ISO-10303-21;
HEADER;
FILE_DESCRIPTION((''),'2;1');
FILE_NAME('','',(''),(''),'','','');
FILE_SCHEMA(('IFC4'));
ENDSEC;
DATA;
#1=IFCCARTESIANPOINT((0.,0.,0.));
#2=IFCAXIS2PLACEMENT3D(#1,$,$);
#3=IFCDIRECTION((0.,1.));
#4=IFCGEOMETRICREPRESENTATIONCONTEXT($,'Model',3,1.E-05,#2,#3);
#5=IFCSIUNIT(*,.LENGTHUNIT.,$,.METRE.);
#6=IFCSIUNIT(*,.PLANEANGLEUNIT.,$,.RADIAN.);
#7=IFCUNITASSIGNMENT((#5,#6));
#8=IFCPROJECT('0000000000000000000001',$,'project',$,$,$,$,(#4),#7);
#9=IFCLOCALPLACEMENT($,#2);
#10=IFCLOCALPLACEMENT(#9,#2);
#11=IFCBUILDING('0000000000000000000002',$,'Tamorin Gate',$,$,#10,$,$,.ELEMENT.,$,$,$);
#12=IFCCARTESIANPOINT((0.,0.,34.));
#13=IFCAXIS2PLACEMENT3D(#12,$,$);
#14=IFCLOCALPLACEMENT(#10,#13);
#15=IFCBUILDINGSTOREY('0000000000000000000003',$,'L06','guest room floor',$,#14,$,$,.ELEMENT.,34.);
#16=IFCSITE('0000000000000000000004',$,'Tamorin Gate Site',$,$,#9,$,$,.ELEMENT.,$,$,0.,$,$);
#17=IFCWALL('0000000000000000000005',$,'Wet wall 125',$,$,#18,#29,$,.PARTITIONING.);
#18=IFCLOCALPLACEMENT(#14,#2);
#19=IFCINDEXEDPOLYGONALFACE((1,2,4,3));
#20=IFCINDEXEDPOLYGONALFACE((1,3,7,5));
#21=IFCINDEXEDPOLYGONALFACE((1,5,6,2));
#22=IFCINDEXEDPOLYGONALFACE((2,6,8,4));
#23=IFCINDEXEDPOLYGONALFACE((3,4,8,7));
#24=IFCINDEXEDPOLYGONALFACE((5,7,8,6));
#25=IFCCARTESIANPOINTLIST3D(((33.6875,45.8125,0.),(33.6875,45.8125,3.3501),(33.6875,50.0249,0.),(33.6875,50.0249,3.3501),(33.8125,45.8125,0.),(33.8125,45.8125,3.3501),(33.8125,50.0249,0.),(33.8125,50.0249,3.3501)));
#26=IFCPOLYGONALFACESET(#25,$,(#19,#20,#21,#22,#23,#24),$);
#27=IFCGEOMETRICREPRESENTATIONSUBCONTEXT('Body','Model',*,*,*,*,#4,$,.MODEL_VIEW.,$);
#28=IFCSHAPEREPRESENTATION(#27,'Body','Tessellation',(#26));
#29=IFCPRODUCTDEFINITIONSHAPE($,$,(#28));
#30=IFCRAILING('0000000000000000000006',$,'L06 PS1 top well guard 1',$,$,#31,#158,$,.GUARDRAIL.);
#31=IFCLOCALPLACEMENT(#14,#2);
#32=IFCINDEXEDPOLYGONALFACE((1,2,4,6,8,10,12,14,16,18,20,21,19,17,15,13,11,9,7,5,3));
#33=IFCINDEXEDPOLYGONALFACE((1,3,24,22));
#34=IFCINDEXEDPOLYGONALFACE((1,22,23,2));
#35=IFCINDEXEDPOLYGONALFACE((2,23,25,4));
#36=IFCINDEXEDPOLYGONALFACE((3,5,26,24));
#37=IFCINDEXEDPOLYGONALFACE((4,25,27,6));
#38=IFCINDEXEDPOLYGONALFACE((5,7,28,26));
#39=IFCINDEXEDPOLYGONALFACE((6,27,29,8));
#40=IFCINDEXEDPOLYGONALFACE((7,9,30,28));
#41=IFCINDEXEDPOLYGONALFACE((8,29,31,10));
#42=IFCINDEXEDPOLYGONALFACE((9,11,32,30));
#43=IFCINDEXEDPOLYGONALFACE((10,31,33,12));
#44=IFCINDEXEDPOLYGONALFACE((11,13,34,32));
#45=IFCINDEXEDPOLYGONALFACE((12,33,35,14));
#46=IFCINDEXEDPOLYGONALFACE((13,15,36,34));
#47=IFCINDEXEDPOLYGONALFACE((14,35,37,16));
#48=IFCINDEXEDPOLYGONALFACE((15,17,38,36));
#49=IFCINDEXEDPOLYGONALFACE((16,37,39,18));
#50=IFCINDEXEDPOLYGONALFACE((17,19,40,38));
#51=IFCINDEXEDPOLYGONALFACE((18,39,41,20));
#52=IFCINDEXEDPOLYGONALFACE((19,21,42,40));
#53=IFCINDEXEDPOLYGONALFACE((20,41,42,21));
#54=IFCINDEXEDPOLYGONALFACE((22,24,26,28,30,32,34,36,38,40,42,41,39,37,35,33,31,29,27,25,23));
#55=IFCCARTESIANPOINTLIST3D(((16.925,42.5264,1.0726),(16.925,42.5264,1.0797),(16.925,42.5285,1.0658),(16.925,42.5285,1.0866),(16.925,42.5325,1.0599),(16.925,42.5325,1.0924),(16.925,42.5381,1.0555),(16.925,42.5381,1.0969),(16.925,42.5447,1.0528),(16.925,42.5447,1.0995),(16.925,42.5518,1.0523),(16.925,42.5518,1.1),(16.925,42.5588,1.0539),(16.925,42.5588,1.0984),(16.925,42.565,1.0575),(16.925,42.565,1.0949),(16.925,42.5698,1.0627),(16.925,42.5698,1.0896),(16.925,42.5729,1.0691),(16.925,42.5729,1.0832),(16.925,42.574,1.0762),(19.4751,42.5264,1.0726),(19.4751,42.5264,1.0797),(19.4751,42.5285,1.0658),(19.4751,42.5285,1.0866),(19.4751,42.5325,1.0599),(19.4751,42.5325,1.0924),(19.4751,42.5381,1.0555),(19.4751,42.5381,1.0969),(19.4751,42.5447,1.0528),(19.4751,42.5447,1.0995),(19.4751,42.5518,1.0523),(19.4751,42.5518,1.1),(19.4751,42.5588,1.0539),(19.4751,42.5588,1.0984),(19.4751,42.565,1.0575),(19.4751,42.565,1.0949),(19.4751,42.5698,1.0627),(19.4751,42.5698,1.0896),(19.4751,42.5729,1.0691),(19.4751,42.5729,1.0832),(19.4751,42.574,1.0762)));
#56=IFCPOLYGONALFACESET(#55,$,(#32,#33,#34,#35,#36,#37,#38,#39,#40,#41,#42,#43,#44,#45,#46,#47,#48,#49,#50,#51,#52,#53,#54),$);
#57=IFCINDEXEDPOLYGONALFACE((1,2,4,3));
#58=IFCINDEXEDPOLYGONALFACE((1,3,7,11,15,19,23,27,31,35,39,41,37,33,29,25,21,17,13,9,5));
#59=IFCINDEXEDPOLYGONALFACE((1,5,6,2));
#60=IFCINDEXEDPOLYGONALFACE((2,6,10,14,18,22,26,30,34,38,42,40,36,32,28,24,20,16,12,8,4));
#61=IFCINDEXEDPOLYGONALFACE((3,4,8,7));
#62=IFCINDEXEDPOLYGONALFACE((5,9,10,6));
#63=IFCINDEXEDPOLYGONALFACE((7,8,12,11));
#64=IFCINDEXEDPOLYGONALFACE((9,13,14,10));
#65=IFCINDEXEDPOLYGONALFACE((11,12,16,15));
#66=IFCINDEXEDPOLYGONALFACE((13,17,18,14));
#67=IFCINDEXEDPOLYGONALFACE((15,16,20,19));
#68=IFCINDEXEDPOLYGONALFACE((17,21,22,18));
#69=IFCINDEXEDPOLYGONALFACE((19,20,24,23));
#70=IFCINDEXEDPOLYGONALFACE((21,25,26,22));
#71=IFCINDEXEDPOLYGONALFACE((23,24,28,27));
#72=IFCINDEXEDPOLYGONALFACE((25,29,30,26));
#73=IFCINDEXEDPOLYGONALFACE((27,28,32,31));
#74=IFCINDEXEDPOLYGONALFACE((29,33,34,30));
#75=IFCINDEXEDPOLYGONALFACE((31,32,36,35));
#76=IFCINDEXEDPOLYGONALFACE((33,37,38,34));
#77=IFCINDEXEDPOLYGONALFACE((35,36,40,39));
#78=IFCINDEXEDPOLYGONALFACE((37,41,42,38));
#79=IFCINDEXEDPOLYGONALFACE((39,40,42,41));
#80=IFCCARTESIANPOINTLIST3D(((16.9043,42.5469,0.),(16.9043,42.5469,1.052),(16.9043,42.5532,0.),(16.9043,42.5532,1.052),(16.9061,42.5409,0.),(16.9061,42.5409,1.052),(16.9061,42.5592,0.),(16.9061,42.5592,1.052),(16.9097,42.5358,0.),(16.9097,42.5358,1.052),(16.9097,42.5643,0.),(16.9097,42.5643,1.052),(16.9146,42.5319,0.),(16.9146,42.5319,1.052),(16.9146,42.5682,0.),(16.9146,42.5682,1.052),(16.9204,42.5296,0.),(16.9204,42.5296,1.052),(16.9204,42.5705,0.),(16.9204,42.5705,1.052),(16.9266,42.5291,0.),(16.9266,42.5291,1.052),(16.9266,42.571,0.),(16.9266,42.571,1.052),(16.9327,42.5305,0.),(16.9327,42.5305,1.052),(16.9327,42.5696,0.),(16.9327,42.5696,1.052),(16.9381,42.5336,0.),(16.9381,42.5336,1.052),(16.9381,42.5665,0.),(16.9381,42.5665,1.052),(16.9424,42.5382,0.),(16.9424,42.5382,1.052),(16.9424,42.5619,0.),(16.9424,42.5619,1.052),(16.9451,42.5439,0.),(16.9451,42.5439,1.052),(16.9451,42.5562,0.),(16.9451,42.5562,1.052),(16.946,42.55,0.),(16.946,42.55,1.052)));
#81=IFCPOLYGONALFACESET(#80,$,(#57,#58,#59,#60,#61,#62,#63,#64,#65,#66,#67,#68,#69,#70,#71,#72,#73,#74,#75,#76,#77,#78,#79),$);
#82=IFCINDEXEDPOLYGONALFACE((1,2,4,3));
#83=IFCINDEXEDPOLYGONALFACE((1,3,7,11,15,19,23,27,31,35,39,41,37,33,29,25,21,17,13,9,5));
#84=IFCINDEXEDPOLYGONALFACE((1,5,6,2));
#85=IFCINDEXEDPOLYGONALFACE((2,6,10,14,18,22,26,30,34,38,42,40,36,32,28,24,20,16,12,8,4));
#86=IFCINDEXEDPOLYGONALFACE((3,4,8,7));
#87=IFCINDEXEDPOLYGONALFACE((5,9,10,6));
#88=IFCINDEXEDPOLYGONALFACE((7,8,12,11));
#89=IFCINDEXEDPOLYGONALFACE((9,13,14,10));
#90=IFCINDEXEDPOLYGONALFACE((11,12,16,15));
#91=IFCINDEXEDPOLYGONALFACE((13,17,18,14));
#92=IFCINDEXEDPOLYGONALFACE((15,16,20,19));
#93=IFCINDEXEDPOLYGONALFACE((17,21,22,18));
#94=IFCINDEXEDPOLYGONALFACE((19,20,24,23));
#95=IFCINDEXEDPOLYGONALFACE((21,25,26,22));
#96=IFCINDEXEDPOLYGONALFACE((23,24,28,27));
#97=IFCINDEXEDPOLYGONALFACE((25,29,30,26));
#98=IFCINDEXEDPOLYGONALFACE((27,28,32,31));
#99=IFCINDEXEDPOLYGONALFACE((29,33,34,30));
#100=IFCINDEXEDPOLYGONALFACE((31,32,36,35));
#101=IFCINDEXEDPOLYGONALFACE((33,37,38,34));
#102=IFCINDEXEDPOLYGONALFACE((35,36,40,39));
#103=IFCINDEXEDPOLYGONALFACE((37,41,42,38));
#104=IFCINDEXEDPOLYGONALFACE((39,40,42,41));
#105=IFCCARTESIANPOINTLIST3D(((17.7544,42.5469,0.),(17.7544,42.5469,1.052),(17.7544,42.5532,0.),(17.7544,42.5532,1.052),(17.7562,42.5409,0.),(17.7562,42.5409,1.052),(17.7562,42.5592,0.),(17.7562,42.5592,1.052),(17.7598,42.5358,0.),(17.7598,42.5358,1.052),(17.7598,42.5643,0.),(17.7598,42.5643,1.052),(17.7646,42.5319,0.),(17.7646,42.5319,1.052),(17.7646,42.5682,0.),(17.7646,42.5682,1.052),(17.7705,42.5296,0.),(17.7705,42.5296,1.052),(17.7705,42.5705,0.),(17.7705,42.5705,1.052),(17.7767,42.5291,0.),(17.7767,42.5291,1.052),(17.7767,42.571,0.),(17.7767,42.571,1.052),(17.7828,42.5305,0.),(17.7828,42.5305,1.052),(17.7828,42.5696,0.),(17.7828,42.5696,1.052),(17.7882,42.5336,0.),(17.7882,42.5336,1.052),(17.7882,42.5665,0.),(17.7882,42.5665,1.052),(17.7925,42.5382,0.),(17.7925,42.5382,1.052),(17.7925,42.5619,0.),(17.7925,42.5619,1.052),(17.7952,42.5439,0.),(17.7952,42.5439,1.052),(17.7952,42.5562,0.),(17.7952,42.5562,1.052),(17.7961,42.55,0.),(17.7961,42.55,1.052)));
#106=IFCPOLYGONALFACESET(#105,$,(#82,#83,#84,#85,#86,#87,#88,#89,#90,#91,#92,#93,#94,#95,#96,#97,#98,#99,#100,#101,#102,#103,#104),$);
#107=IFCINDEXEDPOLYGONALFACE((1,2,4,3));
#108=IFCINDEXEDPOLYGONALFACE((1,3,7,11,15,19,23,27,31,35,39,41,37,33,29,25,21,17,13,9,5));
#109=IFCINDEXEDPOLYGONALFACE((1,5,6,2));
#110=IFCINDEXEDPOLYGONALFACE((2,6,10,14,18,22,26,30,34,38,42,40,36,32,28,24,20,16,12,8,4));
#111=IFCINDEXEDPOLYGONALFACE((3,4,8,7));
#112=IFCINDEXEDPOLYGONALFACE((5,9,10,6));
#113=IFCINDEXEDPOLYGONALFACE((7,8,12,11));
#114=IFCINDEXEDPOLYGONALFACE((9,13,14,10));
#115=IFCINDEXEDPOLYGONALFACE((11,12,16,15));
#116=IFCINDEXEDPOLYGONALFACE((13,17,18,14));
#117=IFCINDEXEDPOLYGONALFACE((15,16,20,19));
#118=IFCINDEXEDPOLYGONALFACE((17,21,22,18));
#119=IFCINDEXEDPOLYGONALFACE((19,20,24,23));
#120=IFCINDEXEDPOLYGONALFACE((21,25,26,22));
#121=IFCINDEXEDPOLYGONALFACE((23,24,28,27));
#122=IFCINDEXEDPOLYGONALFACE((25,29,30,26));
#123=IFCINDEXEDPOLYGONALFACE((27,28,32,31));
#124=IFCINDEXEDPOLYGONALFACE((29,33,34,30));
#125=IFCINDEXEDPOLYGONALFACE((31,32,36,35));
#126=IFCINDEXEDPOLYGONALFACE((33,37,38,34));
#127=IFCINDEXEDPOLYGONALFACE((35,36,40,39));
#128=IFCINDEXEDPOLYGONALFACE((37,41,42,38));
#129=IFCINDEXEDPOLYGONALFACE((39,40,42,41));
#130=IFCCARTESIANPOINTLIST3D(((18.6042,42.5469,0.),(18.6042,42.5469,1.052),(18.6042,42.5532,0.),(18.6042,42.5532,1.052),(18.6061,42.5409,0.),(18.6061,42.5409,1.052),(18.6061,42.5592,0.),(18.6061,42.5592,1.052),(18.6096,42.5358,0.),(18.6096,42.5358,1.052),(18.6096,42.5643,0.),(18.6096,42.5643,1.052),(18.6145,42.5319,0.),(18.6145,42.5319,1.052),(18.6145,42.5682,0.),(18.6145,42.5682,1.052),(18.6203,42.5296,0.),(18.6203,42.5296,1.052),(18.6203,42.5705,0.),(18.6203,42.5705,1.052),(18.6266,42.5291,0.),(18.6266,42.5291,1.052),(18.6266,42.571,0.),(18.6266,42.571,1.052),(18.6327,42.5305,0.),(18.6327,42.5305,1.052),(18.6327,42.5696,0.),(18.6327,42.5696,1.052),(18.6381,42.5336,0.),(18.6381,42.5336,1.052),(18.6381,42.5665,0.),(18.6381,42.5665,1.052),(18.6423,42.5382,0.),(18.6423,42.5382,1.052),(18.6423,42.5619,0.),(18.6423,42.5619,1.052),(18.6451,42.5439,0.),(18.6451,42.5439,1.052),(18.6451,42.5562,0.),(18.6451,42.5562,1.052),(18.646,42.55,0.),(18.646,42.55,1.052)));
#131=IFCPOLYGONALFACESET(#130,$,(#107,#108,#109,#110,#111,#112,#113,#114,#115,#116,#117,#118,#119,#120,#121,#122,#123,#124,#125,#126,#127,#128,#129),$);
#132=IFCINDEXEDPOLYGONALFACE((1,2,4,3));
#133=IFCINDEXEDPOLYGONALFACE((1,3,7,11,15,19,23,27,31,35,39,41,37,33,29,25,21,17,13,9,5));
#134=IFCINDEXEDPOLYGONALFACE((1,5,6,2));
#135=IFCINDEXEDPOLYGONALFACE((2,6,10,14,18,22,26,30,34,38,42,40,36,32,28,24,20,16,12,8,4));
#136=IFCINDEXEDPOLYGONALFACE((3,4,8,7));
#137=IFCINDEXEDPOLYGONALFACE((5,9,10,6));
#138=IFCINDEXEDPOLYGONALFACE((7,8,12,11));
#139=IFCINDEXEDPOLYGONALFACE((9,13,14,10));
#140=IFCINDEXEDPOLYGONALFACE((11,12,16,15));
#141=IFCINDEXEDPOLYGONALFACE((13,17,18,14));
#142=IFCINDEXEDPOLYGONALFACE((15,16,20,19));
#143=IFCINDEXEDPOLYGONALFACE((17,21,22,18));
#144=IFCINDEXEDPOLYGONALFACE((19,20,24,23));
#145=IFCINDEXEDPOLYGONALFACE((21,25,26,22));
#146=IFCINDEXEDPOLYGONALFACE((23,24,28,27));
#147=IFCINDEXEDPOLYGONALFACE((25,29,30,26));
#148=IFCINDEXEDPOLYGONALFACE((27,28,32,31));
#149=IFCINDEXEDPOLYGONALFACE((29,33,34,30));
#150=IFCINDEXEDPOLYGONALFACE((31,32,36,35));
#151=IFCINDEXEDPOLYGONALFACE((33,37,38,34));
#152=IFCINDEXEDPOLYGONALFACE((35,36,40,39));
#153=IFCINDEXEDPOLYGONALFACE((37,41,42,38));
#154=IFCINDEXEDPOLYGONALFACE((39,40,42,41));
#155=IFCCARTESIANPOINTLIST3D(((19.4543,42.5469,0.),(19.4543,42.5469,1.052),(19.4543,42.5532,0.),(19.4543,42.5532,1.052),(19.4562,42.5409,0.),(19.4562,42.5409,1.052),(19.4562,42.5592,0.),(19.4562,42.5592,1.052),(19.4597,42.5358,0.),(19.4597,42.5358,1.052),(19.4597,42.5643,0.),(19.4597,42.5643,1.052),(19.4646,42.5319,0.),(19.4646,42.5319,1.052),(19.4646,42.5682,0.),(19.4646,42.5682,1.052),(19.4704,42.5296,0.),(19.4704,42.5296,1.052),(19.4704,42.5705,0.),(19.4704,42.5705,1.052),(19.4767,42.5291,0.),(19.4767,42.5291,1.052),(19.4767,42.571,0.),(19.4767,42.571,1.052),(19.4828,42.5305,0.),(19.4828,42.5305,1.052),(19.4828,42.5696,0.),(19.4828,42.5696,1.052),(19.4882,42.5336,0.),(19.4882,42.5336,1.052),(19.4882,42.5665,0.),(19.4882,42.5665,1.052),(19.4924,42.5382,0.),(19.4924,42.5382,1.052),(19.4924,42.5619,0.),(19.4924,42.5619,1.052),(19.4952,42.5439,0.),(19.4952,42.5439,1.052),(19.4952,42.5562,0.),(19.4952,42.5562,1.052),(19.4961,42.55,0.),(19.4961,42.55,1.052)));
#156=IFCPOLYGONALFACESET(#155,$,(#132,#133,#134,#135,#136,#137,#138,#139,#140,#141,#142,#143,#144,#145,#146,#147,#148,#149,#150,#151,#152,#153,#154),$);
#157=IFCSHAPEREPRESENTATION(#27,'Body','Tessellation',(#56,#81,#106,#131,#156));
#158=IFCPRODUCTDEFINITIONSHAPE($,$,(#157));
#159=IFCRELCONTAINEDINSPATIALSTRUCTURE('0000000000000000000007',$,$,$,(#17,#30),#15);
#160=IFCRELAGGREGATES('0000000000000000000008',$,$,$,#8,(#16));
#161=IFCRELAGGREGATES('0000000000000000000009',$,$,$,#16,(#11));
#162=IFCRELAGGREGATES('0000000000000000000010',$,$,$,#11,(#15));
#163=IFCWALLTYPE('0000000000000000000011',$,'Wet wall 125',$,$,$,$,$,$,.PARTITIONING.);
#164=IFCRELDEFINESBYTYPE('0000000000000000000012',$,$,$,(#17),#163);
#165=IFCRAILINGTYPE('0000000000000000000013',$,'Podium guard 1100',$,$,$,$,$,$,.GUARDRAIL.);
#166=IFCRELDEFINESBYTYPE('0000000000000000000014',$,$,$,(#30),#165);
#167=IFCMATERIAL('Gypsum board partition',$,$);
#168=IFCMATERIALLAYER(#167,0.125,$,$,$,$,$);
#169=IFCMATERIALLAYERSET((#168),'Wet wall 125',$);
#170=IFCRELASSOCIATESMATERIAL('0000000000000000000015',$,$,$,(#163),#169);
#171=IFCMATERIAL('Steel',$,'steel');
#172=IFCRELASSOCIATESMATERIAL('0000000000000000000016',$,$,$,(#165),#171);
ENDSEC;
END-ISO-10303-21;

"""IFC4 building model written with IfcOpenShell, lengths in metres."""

from ifc_helpers import new_model, si_unit, direction, frame, frame_2d, origin, origin_2d, place, context, subcontext, project, spatial, rectangle, circle, extrude, material, layer, layer_set, type_object, element, save


model = new_model("IFC4")

# Units and contexts
model_context = context("Model", 3, precision=1e-05, world=origin(), true_north=direction((0.0, 1.0)))
body_context = subcontext(model_context, "Body", "Model", "MODEL_VIEW")
ifc_project = project(units=[si_unit("LENGTHUNIT", "METRE"), si_unit("PLANEANGLEUNIT", "RADIAN")], contexts=[model_context])

# Site, building, storey
site_placement = place(None, origin())
site = spatial("IfcSite", under=ifc_project, at=site_placement, Name="Tamorin Gate Site", CompositionType="ELEMENT", RefElevation=0.0)
building_placement = place(site_placement, origin())
building = spatial("IfcBuilding", under=site, at=building_placement, Name="Tamorin Gate", CompositionType="ELEMENT")
storey_placement = place(building_placement, frame((0.0, 0.0, 34.0)))
storey = spatial("IfcBuildingStorey", under=building, at=storey_placement, Name="L06", Description="guest room floor", CompositionType="ELEMENT", Elevation=34.0)

# Shared definitions
ifc_material_1 = material(Name="Gypsum board partition")

# Shared definitions
ifc_layer_1 = layer(ifc_material_1, 0.125)
ifc_layer_set_1 = layer_set([ifc_layer_1], Name="Wet wall 125")
wall_type_1 = type_object("IfcWallType", Name="Wet wall 125", PredefinedType="PARTITIONING", material=ifc_layer_set_1)

# Wall
wall_1_placement = place(storey_placement, frame((33.75, 45.8125, 0.0), z_axis=(0.0, 0.0, 1.0), x_axis=(0.0, 1.0, 0.0)))
element("IfcWall", 1, at=wall_1_placement, inside=storey, type_object=wall_type_1, Name="Wet wall 125", PredefinedType="PARTITIONING", context=body_context, shape_type="SweptSolid", body=[
    extrude(rectangle(XDim=4.2124, YDim=0.125, at=frame_2d((2.1062, 0.0))), origin(), (0.0, 0.0, 1.0), 3.3501),
])

# Railing
ifc_material_2 = material(Name="Steel", Category="steel")
railing_type = type_object("IfcRailingType", Name="Podium guard 1100", PredefinedType="GUARDRAIL", material=ifc_material_2)
railing_placement = place(storey_placement, frame((16.925, 42.55, 0.0)))
element("IfcRailing", 2, at=railing_placement, inside=storey, type_object=railing_type, Name="L06 PS1 top well guard 1", PredefinedType="GUARDRAIL", context=body_context, shape_type="SweptSolid", body=[
    extrude(circle(Radius=0.0239, at=origin_2d()), frame((0.0, 0.0, 1.0762), z_axis=(1.0, 0.0, 0.0), x_axis=(0.0, 1.0, 0.0)), (0.0, 0.0, 1.0), 2.55),
    extrude(circle(Radius=0.021, at=origin_2d()), origin(), (0.0, 0.0, 1.0), 1.052),
    extrude(circle(Radius=0.021, at=origin_2d()), frame((0.8501, 0.0, 0.0)), (0.0, 0.0, 1.0), 1.052),
    extrude(circle(Radius=0.021, at=origin_2d()), frame((1.7, 0.0, 0.0)), (0.0, 0.0, 1.0), 1.052),
    extrude(circle(Radius=0.021, at=origin_2d()), frame((2.55, 0.0, 0.0)), (0.0, 0.0, 1.0), 1.052),
])

save(model, "model.ifc")
